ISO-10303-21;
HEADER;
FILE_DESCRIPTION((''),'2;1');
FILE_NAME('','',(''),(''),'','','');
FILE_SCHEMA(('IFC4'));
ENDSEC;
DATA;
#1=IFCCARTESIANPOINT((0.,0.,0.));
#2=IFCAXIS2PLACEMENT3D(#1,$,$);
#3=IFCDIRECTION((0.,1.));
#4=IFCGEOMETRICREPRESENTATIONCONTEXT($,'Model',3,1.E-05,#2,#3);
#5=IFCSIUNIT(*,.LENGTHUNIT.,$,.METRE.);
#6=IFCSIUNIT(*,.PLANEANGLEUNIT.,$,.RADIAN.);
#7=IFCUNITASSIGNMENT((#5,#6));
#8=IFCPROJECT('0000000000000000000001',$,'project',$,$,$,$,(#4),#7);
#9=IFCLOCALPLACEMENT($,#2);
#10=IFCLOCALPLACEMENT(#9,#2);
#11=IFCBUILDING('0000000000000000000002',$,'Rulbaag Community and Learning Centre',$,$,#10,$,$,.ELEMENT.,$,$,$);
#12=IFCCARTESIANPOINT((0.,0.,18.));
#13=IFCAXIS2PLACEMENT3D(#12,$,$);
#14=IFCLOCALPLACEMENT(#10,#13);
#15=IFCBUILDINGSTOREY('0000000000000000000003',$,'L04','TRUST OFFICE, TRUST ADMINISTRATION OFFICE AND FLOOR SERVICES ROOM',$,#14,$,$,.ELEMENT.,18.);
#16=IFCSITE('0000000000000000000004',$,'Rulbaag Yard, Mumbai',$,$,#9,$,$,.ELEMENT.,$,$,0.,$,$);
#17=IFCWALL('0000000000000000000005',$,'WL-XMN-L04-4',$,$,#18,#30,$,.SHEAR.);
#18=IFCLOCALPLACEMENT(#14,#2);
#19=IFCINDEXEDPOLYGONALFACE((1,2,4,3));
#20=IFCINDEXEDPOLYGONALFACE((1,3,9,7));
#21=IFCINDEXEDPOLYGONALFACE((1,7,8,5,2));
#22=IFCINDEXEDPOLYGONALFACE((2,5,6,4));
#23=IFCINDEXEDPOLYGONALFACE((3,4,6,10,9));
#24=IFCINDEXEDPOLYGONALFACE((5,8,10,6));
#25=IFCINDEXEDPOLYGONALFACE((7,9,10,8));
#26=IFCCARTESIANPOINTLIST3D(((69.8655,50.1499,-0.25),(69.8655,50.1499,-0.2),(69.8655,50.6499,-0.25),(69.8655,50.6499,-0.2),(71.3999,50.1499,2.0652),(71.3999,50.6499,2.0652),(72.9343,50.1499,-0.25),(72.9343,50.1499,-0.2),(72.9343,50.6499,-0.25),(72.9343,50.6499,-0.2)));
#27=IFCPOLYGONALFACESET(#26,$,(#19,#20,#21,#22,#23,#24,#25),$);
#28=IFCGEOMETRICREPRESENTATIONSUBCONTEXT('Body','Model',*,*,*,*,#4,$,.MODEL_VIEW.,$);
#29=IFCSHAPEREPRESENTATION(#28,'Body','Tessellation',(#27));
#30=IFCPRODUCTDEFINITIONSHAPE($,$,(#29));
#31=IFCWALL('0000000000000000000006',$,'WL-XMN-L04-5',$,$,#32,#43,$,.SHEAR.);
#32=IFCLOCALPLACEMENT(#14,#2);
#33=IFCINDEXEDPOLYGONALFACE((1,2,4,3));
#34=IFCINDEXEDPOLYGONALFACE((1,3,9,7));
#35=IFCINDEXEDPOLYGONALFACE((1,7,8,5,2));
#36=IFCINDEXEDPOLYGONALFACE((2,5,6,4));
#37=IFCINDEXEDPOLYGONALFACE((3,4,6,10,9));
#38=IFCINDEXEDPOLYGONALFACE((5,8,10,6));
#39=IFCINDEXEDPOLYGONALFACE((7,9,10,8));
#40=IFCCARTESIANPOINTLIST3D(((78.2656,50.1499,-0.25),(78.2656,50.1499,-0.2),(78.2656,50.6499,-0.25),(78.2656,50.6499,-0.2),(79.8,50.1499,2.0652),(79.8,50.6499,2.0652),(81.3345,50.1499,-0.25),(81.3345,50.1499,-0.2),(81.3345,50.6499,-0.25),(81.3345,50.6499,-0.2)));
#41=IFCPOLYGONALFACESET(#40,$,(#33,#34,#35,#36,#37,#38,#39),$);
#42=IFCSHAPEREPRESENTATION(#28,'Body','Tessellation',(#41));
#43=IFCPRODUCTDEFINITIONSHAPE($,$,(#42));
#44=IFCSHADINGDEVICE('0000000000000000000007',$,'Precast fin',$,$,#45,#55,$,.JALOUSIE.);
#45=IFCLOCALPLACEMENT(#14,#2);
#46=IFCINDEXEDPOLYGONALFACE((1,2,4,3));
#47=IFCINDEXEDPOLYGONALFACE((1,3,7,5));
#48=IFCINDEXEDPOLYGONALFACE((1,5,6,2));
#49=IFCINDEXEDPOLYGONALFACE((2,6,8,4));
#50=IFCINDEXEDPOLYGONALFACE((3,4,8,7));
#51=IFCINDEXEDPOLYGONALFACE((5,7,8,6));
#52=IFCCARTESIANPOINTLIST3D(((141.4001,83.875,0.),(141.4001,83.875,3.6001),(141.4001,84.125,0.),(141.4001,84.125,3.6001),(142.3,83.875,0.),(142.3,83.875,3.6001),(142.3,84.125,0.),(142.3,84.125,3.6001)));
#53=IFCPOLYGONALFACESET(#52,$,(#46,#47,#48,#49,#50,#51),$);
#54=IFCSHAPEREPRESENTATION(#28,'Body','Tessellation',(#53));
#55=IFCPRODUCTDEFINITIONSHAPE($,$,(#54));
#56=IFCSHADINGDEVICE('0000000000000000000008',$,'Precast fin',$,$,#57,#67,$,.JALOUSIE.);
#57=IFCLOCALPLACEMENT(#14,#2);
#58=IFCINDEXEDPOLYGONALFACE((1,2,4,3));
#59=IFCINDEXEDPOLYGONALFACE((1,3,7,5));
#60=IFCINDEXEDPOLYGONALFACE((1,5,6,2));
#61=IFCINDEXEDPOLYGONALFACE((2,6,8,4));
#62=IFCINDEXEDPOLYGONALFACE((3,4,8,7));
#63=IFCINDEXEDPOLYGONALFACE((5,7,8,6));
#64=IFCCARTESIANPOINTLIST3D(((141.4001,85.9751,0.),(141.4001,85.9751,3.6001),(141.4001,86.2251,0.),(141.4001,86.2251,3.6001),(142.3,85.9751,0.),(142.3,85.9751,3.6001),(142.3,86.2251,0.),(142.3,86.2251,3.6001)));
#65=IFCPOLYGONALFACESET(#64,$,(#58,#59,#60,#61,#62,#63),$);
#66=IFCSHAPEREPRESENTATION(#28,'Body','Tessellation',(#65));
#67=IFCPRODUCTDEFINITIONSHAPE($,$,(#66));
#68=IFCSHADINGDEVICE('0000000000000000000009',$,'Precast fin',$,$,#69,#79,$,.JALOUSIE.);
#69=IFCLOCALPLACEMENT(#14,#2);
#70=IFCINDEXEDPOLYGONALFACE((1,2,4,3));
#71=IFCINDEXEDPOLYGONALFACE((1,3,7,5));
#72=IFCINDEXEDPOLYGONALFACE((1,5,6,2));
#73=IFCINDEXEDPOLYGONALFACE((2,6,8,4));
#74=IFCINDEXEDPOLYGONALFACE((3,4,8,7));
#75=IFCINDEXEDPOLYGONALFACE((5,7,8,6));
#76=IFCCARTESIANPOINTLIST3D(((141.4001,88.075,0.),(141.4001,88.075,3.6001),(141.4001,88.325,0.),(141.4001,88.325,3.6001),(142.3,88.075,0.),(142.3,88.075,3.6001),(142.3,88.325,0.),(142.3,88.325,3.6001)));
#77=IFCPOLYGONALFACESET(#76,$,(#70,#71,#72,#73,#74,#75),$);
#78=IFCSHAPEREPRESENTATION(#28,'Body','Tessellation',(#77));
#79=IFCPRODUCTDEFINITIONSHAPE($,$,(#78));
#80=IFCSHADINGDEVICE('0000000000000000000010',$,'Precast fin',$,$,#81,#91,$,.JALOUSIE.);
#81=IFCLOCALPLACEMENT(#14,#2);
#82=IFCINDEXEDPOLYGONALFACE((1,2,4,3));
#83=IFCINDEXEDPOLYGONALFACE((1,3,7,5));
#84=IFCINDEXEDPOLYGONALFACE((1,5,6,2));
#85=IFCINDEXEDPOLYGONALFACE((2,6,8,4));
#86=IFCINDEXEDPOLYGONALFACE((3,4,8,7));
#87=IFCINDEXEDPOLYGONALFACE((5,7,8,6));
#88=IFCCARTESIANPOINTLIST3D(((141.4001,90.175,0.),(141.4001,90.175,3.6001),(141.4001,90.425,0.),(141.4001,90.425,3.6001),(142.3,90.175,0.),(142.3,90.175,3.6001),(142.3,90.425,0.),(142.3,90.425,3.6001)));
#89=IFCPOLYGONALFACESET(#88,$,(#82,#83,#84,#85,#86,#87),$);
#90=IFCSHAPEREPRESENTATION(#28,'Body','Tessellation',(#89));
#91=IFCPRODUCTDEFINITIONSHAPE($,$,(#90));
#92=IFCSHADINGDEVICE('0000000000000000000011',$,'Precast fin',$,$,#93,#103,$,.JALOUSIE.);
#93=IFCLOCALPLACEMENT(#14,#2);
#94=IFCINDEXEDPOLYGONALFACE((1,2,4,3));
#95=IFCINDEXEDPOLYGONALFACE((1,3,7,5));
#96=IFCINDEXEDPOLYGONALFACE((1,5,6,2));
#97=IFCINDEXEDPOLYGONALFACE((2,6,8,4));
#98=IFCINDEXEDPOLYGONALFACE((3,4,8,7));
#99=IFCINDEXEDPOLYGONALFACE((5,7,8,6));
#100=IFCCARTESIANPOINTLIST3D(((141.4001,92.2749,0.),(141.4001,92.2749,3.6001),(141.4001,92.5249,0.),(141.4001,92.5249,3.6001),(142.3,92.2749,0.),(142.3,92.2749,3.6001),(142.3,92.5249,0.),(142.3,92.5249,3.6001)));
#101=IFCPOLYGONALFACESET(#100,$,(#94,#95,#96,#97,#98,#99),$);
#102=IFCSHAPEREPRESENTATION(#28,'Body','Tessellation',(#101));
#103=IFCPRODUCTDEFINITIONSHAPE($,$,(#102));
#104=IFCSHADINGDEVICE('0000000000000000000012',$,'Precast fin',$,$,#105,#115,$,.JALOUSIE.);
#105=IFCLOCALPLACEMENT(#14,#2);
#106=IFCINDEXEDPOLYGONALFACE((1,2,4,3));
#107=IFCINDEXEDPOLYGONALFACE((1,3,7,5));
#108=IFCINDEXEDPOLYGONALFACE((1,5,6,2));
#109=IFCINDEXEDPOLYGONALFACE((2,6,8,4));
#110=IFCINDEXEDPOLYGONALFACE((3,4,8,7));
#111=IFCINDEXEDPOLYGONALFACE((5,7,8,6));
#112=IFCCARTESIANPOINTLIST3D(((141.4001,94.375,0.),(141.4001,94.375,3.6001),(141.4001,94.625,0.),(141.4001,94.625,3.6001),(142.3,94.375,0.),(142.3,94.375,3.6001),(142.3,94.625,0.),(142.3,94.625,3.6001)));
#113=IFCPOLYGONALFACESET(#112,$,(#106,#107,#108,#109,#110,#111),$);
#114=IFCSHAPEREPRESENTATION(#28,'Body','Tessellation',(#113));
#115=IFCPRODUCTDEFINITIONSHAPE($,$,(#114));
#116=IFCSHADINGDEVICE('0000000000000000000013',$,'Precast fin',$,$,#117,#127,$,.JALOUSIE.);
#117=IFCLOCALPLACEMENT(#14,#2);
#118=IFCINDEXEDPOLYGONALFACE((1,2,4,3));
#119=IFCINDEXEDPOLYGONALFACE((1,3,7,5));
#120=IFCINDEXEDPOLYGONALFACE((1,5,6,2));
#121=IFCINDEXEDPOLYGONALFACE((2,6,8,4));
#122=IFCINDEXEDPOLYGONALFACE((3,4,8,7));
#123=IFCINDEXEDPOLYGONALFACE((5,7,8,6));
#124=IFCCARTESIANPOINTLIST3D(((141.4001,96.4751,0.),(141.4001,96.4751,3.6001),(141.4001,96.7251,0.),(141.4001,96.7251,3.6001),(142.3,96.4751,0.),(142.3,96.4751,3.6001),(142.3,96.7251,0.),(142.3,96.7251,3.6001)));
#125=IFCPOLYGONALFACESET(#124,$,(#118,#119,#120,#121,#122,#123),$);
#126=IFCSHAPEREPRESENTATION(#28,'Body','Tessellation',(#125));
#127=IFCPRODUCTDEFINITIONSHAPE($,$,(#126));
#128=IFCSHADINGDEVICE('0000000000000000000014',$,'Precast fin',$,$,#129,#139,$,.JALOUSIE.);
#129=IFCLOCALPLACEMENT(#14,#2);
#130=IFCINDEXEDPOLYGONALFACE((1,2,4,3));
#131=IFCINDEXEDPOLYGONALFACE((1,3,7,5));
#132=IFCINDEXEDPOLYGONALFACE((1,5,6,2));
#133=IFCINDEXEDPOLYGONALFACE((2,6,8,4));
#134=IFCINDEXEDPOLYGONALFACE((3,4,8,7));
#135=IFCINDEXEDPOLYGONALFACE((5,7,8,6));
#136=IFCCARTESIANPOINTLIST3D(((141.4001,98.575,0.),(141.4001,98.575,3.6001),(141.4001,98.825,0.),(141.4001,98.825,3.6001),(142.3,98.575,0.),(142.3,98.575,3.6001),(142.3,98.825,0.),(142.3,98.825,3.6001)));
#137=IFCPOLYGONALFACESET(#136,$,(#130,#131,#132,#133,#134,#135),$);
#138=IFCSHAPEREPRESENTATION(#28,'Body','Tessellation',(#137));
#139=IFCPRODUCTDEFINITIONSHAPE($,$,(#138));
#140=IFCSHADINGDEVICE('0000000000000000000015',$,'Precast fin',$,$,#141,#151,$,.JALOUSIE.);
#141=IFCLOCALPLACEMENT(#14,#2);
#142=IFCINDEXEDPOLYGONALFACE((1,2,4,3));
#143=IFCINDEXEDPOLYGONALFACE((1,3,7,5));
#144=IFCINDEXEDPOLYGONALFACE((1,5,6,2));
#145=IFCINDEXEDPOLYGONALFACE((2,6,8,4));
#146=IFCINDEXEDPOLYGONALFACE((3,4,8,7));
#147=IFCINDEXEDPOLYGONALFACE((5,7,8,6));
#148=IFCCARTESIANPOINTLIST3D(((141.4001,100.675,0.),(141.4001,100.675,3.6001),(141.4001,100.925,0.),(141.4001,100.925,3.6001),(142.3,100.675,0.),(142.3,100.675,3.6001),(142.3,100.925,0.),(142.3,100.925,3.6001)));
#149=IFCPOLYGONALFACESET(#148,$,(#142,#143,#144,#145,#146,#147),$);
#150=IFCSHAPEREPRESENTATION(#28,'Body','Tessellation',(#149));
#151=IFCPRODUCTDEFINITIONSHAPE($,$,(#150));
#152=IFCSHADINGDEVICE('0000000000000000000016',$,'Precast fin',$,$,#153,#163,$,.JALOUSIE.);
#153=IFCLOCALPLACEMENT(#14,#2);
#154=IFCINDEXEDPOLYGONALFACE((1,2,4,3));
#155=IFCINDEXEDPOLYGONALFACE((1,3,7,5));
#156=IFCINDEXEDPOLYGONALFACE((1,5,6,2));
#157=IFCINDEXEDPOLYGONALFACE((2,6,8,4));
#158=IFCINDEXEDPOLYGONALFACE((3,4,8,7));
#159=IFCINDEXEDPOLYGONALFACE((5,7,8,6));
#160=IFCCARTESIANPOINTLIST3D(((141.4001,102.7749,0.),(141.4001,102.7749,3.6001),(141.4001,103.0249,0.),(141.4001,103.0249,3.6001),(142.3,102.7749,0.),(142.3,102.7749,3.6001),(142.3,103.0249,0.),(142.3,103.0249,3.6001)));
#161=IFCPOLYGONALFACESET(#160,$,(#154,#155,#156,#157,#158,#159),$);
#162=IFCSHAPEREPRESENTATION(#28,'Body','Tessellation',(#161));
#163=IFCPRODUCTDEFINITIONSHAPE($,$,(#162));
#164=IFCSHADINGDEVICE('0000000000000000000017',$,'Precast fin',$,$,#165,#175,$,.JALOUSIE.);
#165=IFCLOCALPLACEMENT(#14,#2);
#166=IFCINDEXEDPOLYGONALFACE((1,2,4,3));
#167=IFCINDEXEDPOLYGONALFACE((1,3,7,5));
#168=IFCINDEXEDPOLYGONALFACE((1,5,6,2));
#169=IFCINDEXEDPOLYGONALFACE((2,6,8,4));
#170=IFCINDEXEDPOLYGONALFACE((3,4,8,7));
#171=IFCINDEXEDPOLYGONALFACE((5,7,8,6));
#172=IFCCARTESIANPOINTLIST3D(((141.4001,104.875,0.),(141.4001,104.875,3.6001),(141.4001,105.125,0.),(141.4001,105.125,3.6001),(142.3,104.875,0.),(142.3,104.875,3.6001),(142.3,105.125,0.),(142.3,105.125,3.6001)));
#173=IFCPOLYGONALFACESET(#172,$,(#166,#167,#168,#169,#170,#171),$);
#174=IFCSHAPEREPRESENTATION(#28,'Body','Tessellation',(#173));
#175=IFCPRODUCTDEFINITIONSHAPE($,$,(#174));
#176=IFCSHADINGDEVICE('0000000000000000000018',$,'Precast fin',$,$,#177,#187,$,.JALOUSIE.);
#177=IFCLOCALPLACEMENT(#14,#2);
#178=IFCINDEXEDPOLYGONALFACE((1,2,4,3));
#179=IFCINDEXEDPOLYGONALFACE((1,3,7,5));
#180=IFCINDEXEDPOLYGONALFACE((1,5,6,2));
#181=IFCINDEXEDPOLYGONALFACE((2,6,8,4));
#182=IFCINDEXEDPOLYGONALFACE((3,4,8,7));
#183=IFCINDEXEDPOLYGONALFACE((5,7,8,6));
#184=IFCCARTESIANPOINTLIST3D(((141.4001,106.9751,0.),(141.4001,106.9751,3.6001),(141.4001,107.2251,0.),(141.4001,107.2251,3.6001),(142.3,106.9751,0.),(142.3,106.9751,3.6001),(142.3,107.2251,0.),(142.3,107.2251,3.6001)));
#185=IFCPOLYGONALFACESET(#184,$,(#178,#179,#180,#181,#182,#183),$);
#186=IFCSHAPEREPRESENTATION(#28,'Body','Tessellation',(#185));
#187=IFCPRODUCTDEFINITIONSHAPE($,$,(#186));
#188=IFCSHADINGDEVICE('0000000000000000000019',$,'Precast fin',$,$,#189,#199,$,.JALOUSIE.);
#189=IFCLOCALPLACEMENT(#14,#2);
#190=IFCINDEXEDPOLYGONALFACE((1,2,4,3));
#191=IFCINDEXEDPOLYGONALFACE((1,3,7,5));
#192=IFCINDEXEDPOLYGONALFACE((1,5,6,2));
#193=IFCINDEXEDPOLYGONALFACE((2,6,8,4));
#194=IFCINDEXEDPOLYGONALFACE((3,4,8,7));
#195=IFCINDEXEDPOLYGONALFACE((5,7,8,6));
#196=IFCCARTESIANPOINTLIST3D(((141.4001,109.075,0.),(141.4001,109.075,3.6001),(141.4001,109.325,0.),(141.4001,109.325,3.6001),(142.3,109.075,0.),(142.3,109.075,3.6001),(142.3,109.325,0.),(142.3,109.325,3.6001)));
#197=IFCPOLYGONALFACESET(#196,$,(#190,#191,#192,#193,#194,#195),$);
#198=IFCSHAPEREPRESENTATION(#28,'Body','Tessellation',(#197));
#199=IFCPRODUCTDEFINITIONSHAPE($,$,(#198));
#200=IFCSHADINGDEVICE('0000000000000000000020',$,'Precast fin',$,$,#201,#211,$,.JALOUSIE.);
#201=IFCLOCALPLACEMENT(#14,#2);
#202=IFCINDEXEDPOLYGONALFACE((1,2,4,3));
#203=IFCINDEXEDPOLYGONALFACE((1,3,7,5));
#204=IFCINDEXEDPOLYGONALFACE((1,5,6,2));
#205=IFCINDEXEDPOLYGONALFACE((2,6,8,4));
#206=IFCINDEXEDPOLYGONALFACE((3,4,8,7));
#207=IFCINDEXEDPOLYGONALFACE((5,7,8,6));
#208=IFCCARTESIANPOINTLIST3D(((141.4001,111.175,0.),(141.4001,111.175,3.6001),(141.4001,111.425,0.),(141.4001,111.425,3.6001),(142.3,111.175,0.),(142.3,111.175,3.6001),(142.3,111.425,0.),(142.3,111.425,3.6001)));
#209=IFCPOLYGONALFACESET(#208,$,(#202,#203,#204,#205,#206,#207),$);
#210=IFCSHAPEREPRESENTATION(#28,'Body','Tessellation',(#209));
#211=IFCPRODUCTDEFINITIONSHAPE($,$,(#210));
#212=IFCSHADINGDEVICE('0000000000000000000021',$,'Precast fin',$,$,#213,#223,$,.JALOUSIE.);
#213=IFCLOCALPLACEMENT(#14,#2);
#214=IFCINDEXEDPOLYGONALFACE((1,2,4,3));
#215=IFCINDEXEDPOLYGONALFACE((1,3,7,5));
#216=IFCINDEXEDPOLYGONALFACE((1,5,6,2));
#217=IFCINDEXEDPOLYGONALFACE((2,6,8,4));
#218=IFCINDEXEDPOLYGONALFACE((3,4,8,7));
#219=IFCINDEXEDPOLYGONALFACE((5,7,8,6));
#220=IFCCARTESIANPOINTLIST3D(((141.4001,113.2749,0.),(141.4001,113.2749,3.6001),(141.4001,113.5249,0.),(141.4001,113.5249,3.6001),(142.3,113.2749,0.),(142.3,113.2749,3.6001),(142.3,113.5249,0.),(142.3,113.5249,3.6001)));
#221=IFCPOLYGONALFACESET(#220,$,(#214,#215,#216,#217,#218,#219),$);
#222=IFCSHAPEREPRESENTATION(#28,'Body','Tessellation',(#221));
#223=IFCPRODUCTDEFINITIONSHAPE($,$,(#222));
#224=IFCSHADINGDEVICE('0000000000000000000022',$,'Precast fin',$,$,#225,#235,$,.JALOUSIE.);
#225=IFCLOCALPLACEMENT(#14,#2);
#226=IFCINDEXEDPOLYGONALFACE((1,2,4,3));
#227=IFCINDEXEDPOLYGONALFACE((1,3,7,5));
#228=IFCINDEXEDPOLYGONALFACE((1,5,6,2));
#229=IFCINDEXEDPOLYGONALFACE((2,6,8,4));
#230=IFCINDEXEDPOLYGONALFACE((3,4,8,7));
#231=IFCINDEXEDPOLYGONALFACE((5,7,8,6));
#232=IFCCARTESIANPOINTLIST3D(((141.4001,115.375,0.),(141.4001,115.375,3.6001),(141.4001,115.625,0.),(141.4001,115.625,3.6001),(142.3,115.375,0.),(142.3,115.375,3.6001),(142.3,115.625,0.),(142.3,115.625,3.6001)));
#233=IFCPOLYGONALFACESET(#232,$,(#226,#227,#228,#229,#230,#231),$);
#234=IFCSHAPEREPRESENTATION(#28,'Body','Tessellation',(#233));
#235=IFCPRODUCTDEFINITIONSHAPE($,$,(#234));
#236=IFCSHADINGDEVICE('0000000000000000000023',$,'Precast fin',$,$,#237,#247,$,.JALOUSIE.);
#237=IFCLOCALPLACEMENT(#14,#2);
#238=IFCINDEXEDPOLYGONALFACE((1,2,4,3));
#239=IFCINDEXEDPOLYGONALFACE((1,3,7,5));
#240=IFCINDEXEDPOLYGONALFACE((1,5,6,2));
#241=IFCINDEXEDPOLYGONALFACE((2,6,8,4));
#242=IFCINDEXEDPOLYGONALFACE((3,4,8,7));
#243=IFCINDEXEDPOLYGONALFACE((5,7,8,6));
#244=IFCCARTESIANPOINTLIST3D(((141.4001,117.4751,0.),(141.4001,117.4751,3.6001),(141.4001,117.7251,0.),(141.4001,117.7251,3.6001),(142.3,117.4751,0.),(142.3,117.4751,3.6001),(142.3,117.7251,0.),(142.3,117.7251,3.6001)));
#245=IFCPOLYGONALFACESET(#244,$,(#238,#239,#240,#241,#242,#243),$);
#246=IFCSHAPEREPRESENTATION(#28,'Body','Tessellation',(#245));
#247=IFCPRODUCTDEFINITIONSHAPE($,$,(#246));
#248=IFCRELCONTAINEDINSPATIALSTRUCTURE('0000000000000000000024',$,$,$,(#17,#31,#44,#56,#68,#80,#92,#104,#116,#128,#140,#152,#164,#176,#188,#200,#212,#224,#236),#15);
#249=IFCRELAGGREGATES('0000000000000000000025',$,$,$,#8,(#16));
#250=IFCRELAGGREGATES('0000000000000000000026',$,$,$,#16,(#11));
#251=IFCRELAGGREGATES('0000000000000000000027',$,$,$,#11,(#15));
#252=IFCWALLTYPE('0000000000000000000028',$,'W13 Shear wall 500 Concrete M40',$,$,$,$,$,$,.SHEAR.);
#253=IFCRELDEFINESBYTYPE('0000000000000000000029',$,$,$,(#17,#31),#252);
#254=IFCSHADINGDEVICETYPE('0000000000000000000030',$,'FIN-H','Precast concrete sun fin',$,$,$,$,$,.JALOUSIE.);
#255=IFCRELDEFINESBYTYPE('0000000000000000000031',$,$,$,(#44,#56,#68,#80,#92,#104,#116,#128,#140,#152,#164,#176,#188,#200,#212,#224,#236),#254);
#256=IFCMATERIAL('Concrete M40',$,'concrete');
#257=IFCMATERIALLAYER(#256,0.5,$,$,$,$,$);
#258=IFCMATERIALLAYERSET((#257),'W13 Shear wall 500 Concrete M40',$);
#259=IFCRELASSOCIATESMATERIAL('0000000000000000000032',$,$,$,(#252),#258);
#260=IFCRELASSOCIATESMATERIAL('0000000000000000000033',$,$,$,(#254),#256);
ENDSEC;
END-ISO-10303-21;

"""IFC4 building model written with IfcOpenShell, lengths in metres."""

from ifc_helpers import new_model, si_unit, direction, frame, origin, origin_2d, place, context, subcontext, project, spatial, polyline, rectangle, outline, extrude, material, layer, layer_set, material_profile, profile_set, type_object, element, save


model = new_model("IFC4")

# Units and contexts
model_context = context("Model", 3, precision=1e-05, world=origin(), true_north=direction((0.0, 1.0)))
body_context = subcontext(model_context, "Body", "Model", "MODEL_VIEW")
ifc_project = project(units=[si_unit("LENGTHUNIT", "METRE"), si_unit("PLANEANGLEUNIT", "RADIAN")], contexts=[model_context])

# Site, building, storey
site_placement = place(None, origin())
site = spatial("IfcSite", under=ifc_project, at=site_placement, Name="Rulbaag Yard, Mumbai", CompositionType="ELEMENT", RefElevation=0.0)
building_placement = place(site_placement, origin())
building = spatial("IfcBuilding", under=site, at=building_placement, Name="Rulbaag Community and Learning Centre", CompositionType="ELEMENT")
storey_placement = place(building_placement, frame((0.0, 0.0, 18.0)))
storey = spatial("IfcBuildingStorey", under=building, at=storey_placement, Name="L04", Description="TRUST OFFICE, TRUST ADMINISTRATION OFFICE AND FLOOR SERVICES ROOM", CompositionType="ELEMENT", Elevation=18.0)

# Shared definitions
ifc_material = material(Name="Concrete M40", Category="concrete")

# Walls
ifc_layer_1 = layer(ifc_material, 0.5)
ifc_layer_set_1 = layer_set([ifc_layer_1], Name="W13 Shear wall 500 Concrete M40")
wall_type = type_object("IfcWallType", Name="W13 Shear wall 500 Concrete M40", PredefinedType="SHEAR", material=ifc_layer_set_1)
for number, where, z_axis, x_axis, name in (
    (1, (69.8655, 50.3999, -0.25), (0.0, 0.0, 1.0), (1.0, 0.0, 0.0), "WL-XMN-L04-4"),
    (2, (78.2656, 50.3999, -0.25), (0.0, 0.0, 1.0), (1.0, 0.0, 0.0), "WL-XMN-L04-5"),
):
    element("IfcWall", number, at=place(storey_placement, frame(where, z_axis=z_axis, x_axis=x_axis)), inside=storey, type_object=wall_type, Name=name, PredefinedType="SHEAR", context=body_context, shape_type="SweptSolid", body=[
        extrude(outline(polyline([(0.0, 0.0), (3.0688, 0.0), (3.0688, 0.05), (1.5344, 2.3152), (0.0, 0.05), (0.0, 0.0)])), frame((0.0, 0.25, 0.0), z_axis=(0.0, -1.0, 0.0), x_axis=(1.0, 0.0, 0.0)), (0.0, 0.0, 1.0), 0.5),
    ])

# Shading devices
ifc_material_profile = material_profile(ifc_material, rectangle(XDim=0.25, YDim=0.8999, at=origin_2d()), Name="PC 250x900")
ifc_profile_set = profile_set([ifc_material_profile], Name="Concrete M40")
shading_device_type = type_object("IfcShadingDeviceType", Name="FIN-H", Description="Precast concrete sun fin", PredefinedType="JALOUSIE", material=ifc_profile_set)
for number, where, z_axis, x_axis, name in (
    (3, (141.8501, 84.0, 0.0), (0.0, 0.0, 1.0), (0.0, 1.0, 0.0), "Precast fin"),
    (4, (141.8501, 86.1001, 0.0), (0.0, 0.0, 1.0), (0.0, 1.0, 0.0), "Precast fin"),
    (5, (141.8501, 88.2, 0.0), (0.0, 0.0, 1.0), (0.0, 1.0, 0.0), "Precast fin"),
    (6, (141.8501, 90.3, 0.0), (0.0, 0.0, 1.0), (0.0, 1.0, 0.0), "Precast fin"),
    (7, (141.8501, 92.3999, 0.0), (0.0, 0.0, 1.0), (0.0, 1.0, 0.0), "Precast fin"),
    (8, (141.8501, 94.5, 0.0), (0.0, 0.0, 1.0), (0.0, 1.0, 0.0), "Precast fin"),
    (9, (141.8501, 96.6001, 0.0), (0.0, 0.0, 1.0), (0.0, 1.0, 0.0), "Precast fin"),
    (10, (141.8501, 98.7, 0.0), (0.0, 0.0, 1.0), (0.0, 1.0, 0.0), "Precast fin"),
    (11, (141.8501, 100.8, 0.0), (0.0, 0.0, 1.0), (0.0, 1.0, 0.0), "Precast fin"),
    (12, (141.8501, 102.8999, 0.0), (0.0, 0.0, 1.0), (0.0, 1.0, 0.0), "Precast fin"),
    (13, (141.8501, 105.0, 0.0), (0.0, 0.0, 1.0), (0.0, 1.0, 0.0), "Precast fin"),
    (14, (141.8501, 107.1001, 0.0), (0.0, 0.0, 1.0), (0.0, 1.0, 0.0), "Precast fin"),
    (15, (141.8501, 109.2, 0.0), (0.0, 0.0, 1.0), (0.0, 1.0, 0.0), "Precast fin"),
    (16, (141.8501, 111.3, 0.0), (0.0, 0.0, 1.0), (0.0, 1.0, 0.0), "Precast fin"),
    (17, (141.8501, 113.3999, 0.0), (0.0, 0.0, 1.0), (0.0, 1.0, 0.0), "Precast fin"),
    (18, (141.8501, 115.5, 0.0), (0.0, 0.0, 1.0), (0.0, 1.0, 0.0), "Precast fin"),
    (19, (141.8501, 117.6001, 0.0), (0.0, 0.0, 1.0), (0.0, 1.0, 0.0), "Precast fin"),
):
    element("IfcShadingDevice", number, at=place(storey_placement, frame(where, z_axis=z_axis, x_axis=x_axis)), inside=storey, type_object=shading_device_type, Name=name, PredefinedType="JALOUSIE", context=body_context, shape_type="SweptSolid", body=[
        extrude(rectangle(XDim=0.25, YDim=0.8999, at=origin_2d()), origin(), (0.0, 0.0, 1.0), 3.6001),
    ])

save(model, "model.ifc")
